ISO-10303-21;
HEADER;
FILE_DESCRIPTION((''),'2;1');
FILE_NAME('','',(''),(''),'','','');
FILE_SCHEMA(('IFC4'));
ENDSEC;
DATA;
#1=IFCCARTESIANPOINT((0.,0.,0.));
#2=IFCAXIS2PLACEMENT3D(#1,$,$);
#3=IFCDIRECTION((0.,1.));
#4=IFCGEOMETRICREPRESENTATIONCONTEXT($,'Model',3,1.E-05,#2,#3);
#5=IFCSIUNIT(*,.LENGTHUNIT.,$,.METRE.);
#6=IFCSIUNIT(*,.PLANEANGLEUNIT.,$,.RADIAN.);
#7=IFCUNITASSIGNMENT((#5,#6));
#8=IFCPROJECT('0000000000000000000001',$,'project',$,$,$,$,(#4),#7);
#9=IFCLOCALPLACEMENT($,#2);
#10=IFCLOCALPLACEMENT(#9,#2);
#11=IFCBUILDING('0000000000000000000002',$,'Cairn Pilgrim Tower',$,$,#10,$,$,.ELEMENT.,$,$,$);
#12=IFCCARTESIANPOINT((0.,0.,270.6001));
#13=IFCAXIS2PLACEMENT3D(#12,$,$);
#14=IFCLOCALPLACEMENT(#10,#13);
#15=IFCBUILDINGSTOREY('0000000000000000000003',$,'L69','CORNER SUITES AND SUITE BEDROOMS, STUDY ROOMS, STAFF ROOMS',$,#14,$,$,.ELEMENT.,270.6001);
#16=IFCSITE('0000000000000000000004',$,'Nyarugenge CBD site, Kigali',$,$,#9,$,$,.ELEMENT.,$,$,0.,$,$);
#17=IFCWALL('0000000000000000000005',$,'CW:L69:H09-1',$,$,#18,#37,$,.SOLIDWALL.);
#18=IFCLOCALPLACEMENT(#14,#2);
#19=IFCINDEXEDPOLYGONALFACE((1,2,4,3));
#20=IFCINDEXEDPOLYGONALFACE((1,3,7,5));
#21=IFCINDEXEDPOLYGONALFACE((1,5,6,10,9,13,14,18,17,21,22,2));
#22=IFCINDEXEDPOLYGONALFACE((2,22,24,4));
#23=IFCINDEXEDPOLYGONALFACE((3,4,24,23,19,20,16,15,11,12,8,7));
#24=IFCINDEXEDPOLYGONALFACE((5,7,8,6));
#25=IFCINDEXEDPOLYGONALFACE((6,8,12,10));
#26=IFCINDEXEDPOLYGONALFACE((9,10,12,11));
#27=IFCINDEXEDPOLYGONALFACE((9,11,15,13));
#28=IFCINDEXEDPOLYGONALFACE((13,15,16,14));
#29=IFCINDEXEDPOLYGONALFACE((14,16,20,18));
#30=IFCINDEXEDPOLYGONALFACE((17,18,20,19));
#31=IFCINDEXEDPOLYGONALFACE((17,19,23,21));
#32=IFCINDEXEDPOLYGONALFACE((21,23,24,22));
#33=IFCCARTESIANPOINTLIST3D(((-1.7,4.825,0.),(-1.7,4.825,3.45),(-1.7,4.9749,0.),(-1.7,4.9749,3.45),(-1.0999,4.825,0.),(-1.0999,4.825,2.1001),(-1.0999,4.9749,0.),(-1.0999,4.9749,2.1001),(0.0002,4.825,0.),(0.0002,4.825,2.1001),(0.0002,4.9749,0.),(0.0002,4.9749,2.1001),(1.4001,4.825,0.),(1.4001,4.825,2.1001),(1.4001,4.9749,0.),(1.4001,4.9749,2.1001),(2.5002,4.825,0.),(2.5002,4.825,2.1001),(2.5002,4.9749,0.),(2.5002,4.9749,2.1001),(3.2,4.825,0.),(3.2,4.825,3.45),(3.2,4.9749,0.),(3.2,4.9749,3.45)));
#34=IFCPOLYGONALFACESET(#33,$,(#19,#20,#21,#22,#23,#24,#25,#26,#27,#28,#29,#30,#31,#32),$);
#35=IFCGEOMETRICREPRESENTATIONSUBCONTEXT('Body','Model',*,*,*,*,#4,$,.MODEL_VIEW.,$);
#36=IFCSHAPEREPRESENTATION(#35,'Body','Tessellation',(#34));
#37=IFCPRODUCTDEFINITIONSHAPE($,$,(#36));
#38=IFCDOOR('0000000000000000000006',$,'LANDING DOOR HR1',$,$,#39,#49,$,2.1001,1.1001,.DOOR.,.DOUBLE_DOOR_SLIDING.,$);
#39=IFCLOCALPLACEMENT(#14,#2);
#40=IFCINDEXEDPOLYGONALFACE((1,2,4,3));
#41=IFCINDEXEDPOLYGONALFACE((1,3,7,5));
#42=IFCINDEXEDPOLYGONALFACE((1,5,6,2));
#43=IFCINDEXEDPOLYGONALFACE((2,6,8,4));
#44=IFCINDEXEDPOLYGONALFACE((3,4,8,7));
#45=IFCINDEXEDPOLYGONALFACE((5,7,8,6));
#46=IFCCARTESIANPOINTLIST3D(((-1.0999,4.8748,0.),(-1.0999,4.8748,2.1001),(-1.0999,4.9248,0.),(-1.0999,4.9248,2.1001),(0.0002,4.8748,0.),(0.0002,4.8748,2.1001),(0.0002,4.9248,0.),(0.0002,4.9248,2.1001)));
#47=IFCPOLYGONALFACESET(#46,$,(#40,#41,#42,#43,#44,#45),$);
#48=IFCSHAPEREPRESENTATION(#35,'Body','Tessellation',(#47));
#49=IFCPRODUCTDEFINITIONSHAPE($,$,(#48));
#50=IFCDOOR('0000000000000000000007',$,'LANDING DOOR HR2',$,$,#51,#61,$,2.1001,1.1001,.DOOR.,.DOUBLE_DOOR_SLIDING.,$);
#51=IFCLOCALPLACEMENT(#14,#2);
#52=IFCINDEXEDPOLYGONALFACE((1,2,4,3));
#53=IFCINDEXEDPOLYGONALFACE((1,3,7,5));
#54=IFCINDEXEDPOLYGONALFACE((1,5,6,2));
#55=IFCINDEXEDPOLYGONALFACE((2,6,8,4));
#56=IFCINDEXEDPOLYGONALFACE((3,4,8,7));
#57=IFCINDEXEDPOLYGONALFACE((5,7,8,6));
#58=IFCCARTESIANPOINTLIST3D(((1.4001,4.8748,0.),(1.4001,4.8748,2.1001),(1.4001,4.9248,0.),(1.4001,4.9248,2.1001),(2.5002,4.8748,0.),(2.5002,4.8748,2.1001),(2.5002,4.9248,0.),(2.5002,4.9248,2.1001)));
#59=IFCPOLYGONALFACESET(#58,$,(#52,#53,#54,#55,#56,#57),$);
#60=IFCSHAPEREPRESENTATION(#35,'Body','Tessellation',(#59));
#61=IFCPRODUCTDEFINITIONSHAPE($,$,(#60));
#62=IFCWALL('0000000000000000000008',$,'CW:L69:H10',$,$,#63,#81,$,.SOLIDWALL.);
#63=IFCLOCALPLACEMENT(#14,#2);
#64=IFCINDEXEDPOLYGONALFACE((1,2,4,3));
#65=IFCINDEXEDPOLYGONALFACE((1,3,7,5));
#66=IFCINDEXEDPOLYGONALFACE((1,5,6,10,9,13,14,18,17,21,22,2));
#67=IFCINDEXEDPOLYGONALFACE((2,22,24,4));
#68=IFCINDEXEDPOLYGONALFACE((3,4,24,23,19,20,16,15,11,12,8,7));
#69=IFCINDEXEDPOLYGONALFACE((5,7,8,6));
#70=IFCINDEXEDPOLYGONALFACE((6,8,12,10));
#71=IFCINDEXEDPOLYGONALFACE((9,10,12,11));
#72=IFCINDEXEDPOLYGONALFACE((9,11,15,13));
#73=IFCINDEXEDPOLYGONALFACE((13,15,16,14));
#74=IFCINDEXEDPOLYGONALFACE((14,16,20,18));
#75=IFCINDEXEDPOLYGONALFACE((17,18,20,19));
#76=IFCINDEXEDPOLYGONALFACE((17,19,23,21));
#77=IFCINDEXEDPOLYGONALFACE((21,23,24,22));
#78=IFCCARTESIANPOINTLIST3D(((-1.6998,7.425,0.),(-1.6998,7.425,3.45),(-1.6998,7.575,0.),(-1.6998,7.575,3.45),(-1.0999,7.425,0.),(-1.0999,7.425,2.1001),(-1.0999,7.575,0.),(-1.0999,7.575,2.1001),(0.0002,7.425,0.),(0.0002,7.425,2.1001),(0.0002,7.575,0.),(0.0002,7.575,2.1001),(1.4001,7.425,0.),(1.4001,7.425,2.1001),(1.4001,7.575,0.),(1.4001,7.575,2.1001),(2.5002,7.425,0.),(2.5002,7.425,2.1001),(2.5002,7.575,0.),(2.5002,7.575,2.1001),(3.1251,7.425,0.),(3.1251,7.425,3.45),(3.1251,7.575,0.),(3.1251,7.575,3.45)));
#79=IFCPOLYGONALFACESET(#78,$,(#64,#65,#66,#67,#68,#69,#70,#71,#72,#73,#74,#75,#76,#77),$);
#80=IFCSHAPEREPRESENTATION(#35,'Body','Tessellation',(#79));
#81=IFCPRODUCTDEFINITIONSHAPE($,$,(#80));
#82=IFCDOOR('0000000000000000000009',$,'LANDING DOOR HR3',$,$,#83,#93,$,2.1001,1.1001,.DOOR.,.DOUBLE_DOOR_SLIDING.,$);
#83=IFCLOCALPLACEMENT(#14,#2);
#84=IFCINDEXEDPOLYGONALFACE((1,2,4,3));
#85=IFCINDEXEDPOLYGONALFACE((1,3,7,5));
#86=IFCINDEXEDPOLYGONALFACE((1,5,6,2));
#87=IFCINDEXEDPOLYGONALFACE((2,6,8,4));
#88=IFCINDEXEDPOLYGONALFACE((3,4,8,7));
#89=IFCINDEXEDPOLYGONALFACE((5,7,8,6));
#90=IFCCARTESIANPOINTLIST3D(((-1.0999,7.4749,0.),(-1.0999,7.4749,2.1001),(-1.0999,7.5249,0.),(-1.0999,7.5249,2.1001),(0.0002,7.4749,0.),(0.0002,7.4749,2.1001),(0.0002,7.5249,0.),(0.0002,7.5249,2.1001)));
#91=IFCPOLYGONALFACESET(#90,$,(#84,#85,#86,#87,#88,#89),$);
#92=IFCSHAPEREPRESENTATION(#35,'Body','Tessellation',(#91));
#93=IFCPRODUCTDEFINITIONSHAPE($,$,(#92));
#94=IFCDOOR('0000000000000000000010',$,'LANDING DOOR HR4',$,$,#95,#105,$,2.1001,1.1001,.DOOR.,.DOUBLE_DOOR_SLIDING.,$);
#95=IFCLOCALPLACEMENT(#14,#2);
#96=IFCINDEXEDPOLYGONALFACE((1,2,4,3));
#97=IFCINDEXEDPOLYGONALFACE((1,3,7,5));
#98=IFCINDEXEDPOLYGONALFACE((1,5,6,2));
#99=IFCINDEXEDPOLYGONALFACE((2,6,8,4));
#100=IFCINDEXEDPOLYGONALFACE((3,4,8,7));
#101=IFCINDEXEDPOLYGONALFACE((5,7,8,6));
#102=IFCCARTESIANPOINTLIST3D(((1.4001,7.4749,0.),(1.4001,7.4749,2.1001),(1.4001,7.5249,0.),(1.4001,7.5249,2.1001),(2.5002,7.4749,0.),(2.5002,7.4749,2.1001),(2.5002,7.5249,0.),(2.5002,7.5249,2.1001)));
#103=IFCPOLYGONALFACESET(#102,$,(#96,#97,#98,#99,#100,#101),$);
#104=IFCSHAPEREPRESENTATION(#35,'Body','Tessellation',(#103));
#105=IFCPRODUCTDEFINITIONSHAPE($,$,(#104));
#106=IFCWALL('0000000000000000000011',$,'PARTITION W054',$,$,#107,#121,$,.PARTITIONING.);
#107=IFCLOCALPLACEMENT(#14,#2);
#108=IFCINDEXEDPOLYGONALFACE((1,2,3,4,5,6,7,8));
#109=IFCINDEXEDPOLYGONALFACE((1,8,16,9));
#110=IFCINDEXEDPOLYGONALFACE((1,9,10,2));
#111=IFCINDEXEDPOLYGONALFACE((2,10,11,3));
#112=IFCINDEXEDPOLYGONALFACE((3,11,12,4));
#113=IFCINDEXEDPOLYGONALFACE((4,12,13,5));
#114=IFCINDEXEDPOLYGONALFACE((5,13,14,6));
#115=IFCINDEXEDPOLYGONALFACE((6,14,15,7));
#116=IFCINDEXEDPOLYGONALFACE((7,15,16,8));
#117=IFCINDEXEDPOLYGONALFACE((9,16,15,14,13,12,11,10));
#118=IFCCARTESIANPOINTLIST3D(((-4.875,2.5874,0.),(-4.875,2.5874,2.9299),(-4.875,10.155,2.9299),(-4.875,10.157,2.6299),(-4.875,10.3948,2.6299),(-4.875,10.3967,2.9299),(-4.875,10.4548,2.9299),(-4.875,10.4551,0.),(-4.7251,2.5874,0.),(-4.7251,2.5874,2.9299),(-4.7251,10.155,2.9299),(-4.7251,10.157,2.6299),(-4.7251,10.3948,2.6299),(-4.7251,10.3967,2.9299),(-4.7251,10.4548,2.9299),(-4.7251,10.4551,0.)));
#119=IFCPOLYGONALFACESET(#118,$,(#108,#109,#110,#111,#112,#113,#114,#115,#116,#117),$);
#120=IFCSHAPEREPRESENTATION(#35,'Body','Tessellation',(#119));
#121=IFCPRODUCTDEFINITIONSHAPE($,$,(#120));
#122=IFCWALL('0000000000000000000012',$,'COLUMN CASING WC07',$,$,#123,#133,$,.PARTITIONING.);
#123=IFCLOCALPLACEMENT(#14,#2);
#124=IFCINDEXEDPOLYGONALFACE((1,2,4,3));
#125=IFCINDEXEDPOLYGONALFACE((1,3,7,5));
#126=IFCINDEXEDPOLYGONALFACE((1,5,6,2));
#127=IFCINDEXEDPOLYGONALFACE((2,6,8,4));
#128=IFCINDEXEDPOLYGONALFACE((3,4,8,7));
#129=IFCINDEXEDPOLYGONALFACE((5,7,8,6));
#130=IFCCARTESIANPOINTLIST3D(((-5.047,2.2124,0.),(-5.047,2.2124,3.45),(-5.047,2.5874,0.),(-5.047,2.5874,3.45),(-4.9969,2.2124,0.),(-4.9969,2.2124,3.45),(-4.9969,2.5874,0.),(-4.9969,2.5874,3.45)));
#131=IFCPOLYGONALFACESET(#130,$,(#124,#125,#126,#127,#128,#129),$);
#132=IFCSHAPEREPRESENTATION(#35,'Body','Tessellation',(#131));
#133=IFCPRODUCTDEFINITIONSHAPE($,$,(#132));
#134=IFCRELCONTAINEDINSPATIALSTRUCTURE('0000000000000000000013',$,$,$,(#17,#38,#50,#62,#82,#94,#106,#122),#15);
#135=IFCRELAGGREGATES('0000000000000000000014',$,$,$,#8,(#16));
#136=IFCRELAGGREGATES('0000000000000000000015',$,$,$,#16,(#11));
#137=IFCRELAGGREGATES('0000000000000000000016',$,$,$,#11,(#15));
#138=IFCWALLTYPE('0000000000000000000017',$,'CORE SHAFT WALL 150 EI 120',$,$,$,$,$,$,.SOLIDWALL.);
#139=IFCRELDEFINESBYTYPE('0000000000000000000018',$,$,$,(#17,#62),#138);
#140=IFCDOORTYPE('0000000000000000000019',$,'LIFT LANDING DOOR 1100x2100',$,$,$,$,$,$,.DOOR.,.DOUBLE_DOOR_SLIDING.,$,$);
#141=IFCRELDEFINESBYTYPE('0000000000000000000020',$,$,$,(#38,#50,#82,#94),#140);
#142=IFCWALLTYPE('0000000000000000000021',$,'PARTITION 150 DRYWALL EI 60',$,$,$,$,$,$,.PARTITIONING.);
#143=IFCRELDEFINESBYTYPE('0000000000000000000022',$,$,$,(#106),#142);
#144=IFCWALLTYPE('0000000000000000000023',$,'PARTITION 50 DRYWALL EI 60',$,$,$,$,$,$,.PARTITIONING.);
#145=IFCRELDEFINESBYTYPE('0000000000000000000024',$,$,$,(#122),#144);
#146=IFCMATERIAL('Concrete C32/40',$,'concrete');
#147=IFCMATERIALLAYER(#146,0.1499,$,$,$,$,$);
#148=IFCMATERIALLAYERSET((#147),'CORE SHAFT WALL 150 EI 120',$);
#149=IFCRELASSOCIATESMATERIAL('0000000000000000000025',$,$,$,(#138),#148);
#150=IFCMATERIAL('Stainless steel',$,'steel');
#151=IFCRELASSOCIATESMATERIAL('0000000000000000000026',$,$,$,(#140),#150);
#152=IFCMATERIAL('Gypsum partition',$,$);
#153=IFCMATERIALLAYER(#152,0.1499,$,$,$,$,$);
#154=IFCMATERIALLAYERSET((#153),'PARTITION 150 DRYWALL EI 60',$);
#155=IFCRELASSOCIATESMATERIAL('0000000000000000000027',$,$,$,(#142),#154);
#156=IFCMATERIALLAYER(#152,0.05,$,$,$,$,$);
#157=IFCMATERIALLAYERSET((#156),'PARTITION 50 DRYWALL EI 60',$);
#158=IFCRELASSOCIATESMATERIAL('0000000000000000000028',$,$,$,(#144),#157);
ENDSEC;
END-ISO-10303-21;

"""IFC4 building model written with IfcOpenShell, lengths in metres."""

from ifc_helpers import new_model, si_unit, direction, frame, frame_2d, origin, place, context, subcontext, project, spatial, polyline, rectangle, outline, extrude, material, layer, layer_set, type_object, element, fill, save


model = new_model("IFC4")

# Units and contexts
model_context = context("Model", 3, precision=1e-05, world=origin(), true_north=direction((0.0, 1.0)))
body_context = subcontext(model_context, "Body", "Model", "MODEL_VIEW")
ifc_project = project(units=[si_unit("LENGTHUNIT", "METRE"), si_unit("PLANEANGLEUNIT", "RADIAN")], contexts=[model_context])

# Site, building, storey
site_placement = place(None, origin())
site = spatial("IfcSite", under=ifc_project, at=site_placement, Name="Nyarugenge CBD site, Kigali", CompositionType="ELEMENT", RefElevation=0.0)
building_placement = place(site_placement, origin())
building = spatial("IfcBuilding", under=site, at=building_placement, Name="Cairn Pilgrim Tower", CompositionType="ELEMENT")
storey_placement = place(building_placement, frame((0.0, 0.0, 270.6001)))
storey = spatial("IfcBuildingStorey", under=building, at=storey_placement, Name="L69", Description="CORNER SUITES AND SUITE BEDROOMS, STUDY ROOMS, STAFF ROOMS", CompositionType="ELEMENT", Elevation=270.6001)

# Shared definitions
ifc_material_1 = material(Name="Concrete C32/40", Category="concrete")

# Shared definitions
ifc_layer_1 = layer(ifc_material_1, 0.1499)
ifc_layer_set_1 = layer_set([ifc_layer_1], Name="CORE SHAFT WALL 150 EI 120")
wall_type_1 = type_object("IfcWallType", Name="CORE SHAFT WALL 150 EI 120", PredefinedType="SOLIDWALL", material=ifc_layer_set_1)

# Walls, openings, doors
wall_1_placement = place(storey_placement, frame((-1.7, 4.8999, 0.0), z_axis=(0.0, 0.0, 1.0), x_axis=(1.0, 0.0, 0.0)))
wall_1 = element("IfcWall", 1, at=wall_1_placement, inside=storey, type_object=wall_type_1, Name="CW:L69:H09-1", PredefinedType="SOLIDWALL", context=body_context, shape_type="SweptSolid", body=[
    extrude(rectangle(XDim=4.8999, YDim=0.1499, at=frame_2d((2.45, 0.0))), origin(), (0.0, 0.0, 1.0), 3.45),
])
opening_1_placement = place(wall_1_placement, frame((0.6001, 0.0, 0.0)))
opening_1 = element("IfcOpeningElement", 2, at=opening_1_placement, cuts=wall_1, PredefinedType="OPENING", context=body_context, shape_type="SweptSolid", body=[
    extrude(rectangle(XDim=1.1001, YDim=2.1001, at=frame_2d((0.55, 1.05))), frame((0.0, 0.085, 0.0), z_axis=(0.0, -1.0, 0.0), x_axis=(1.0, 0.0, 0.0)), (0.0, 0.0, 1.0), 0.1699),
])
opening_2_placement = place(wall_1_placement, frame((3.1001, 0.0, 0.0)))
opening_2 = element("IfcOpeningElement", 3, at=opening_2_placement, cuts=wall_1, PredefinedType="OPENING", context=body_context, shape_type="SweptSolid", body=[
    extrude(rectangle(XDim=1.1001, YDim=2.1001, at=frame_2d((0.55, 1.05))), frame((0.0, 0.085, 0.0), z_axis=(0.0, -1.0, 0.0), x_axis=(1.0, 0.0, 0.0)), (0.0, 0.0, 1.0), 0.1699),
])
ifc_material_2 = material(Name="Stainless steel", Category="steel")
door_type = type_object("IfcDoorType", Name="LIFT LANDING DOOR 1100x2100", OperationType="DOUBLE_DOOR_SLIDING", PredefinedType="DOOR", material=ifc_material_2)
door_1_placement = place(opening_1_placement, origin())
door_1 = element("IfcDoor", 4, at=door_1_placement, inside=storey, type_object=door_type, Name="LANDING DOOR HR1", OperationType="DOUBLE_DOOR_SLIDING", OverallHeight=2.1001, OverallWidth=1.1001, PredefinedType="DOOR", context=body_context, shape_type="SweptSolid", body=[
    extrude(rectangle(XDim=1.1001, YDim=2.1001, at=frame_2d((0.55, 1.05))), frame((0.0, 0.0249, 0.0), z_axis=(0.0, -1.0, 0.0), x_axis=(1.0, 0.0, 0.0)), (0.0, 0.0, 1.0), 0.05),
])
fill(opening_1, door_1)
door_2_placement = place(opening_2_placement, origin())
door_2 = element("IfcDoor", 5, at=door_2_placement, inside=storey, type_object=door_type, Name="LANDING DOOR HR2", OperationType="DOUBLE_DOOR_SLIDING", OverallHeight=2.1001, OverallWidth=1.1001, PredefinedType="DOOR", context=body_context, shape_type="SweptSolid", body=[
    extrude(rectangle(XDim=1.1001, YDim=2.1001, at=frame_2d((0.55, 1.05))), frame((0.0, 0.0249, 0.0), z_axis=(0.0, -1.0, 0.0), x_axis=(1.0, 0.0, 0.0)), (0.0, 0.0, 1.0), 0.05),
])
fill(opening_2, door_2)
wall_2_placement = place(storey_placement, frame((-1.7, 7.5, 0.0), z_axis=(0.0, 0.0, 1.0), x_axis=(1.0, 0.0, 0.0)))
wall_2 = element("IfcWall", 6, at=wall_2_placement, inside=storey, type_object=wall_type_1, Name="CW:L69:H10", PredefinedType="SOLIDWALL", context=body_context, shape_type="SweptSolid", body=[
    extrude(rectangle(XDim=4.825, YDim=0.1499, at=frame_2d((2.4126, 0.0))), origin(), (0.0, 0.0, 1.0), 3.45),
])
opening_3_placement = place(wall_2_placement, frame((0.6001, 0.0, 0.0)))
opening_3 = element("IfcOpeningElement", 7, at=opening_3_placement, cuts=wall_2, PredefinedType="OPENING", context=body_context, shape_type="SweptSolid", body=[
    extrude(rectangle(XDim=1.1001, YDim=2.1001, at=frame_2d((0.55, 1.05))), frame((0.0, 0.085, 0.0), z_axis=(0.0, -1.0, 0.0), x_axis=(1.0, 0.0, 0.0)), (0.0, 0.0, 1.0), 0.1699),
])
opening_4_placement = place(wall_2_placement, frame((3.1001, 0.0, 0.0)))
opening_4 = element("IfcOpeningElement", 8, at=opening_4_placement, cuts=wall_2, PredefinedType="OPENING", context=body_context, shape_type="SweptSolid", body=[
    extrude(rectangle(XDim=1.1001, YDim=2.1001, at=frame_2d((0.55, 1.05))), frame((0.0, 0.085, 0.0), z_axis=(0.0, -1.0, 0.0), x_axis=(1.0, 0.0, 0.0)), (0.0, 0.0, 1.0), 0.1699),
])
door_3_placement = place(opening_3_placement, origin())
door_3 = element("IfcDoor", 9, at=door_3_placement, inside=storey, type_object=door_type, Name="LANDING DOOR HR3", OperationType="DOUBLE_DOOR_SLIDING", OverallHeight=2.1001, OverallWidth=1.1001, PredefinedType="DOOR", context=body_context, shape_type="SweptSolid", body=[
    extrude(rectangle(XDim=1.1001, YDim=2.1001, at=frame_2d((0.55, 1.05))), frame((0.0, 0.0249, 0.0), z_axis=(0.0, -1.0, 0.0), x_axis=(1.0, 0.0, 0.0)), (0.0, 0.0, 1.0), 0.05),
])
fill(opening_3, door_3)
door_4_placement = place(opening_4_placement, origin())
door_4 = element("IfcDoor", 10, at=door_4_placement, inside=storey, type_object=door_type, Name="LANDING DOOR HR4", OperationType="DOUBLE_DOOR_SLIDING", OverallHeight=2.1001, OverallWidth=1.1001, PredefinedType="DOOR", context=body_context, shape_type="SweptSolid", body=[
    extrude(rectangle(XDim=1.1001, YDim=2.1001, at=frame_2d((0.55, 1.05))), frame((0.0, 0.0249, 0.0), z_axis=(0.0, -1.0, 0.0), x_axis=(1.0, 0.0, 0.0)), (0.0, 0.0, 1.0), 0.05),
])
fill(opening_4, door_4)

# Walls
ifc_material_3 = material(Name="Gypsum partition")
ifc_layer_2 = layer(ifc_material_3, 0.1499)
ifc_layer_set_2 = layer_set([ifc_layer_2], Name="PARTITION 150 DRYWALL EI 60")
wall_type_2 = type_object("IfcWallType", Name="PARTITION 150 DRYWALL EI 60", PredefinedType="PARTITIONING", material=ifc_layer_set_2)
wall_3_placement = place(storey_placement, frame((-4.8, 2.5874, 0.0), z_axis=(0.0, 0.0, 1.0), x_axis=(0.0, 1.0, 0.0)))
element("IfcWall", 11, at=wall_3_placement, inside=storey, type_object=wall_type_2, Name="PARTITION W054", PredefinedType="PARTITIONING", context=body_context, shape_type="SweptSolid", body=[
    extrude(outline(polyline([(0.0, 0.0), (7.8677, 0.0), (7.8674, 2.9299), (7.8093, 2.9299), (7.8074, 2.6299), (7.5696, 2.6299), (7.5676, 2.9299), (0.0, 2.9299), (0.0, 0.0)])), frame((0.0, 0.075, 0.0), z_axis=(0.0, -1.0, 0.0), x_axis=(1.0, 0.0, 0.0)), (0.0, 0.0, 1.0), 0.1499),
])
ifc_layer_3 = layer(ifc_material_3, 0.05)
ifc_layer_set_3 = layer_set([ifc_layer_3], Name="PARTITION 50 DRYWALL EI 60")
wall_type_3 = type_object("IfcWallType", Name="PARTITION 50 DRYWALL EI 60", PredefinedType="PARTITIONING", material=ifc_layer_set_3)
wall_4_placement = place(storey_placement, frame((-5.022, 2.2124, 0.0), z_axis=(0.0, 0.0, 1.0), x_axis=(0.0, 1.0, 0.0)))
element("IfcWall", 12, at=wall_4_placement, inside=storey, type_object=wall_type_3, Name="COLUMN CASING WC07", PredefinedType="PARTITIONING", context=body_context, shape_type="SweptSolid", body=[
    extrude(rectangle(XDim=0.375, YDim=0.05, at=frame_2d((0.1875, 0.0))), origin(), (0.0, 0.0, 1.0), 3.45),
])

save(model, "model.ifc")
